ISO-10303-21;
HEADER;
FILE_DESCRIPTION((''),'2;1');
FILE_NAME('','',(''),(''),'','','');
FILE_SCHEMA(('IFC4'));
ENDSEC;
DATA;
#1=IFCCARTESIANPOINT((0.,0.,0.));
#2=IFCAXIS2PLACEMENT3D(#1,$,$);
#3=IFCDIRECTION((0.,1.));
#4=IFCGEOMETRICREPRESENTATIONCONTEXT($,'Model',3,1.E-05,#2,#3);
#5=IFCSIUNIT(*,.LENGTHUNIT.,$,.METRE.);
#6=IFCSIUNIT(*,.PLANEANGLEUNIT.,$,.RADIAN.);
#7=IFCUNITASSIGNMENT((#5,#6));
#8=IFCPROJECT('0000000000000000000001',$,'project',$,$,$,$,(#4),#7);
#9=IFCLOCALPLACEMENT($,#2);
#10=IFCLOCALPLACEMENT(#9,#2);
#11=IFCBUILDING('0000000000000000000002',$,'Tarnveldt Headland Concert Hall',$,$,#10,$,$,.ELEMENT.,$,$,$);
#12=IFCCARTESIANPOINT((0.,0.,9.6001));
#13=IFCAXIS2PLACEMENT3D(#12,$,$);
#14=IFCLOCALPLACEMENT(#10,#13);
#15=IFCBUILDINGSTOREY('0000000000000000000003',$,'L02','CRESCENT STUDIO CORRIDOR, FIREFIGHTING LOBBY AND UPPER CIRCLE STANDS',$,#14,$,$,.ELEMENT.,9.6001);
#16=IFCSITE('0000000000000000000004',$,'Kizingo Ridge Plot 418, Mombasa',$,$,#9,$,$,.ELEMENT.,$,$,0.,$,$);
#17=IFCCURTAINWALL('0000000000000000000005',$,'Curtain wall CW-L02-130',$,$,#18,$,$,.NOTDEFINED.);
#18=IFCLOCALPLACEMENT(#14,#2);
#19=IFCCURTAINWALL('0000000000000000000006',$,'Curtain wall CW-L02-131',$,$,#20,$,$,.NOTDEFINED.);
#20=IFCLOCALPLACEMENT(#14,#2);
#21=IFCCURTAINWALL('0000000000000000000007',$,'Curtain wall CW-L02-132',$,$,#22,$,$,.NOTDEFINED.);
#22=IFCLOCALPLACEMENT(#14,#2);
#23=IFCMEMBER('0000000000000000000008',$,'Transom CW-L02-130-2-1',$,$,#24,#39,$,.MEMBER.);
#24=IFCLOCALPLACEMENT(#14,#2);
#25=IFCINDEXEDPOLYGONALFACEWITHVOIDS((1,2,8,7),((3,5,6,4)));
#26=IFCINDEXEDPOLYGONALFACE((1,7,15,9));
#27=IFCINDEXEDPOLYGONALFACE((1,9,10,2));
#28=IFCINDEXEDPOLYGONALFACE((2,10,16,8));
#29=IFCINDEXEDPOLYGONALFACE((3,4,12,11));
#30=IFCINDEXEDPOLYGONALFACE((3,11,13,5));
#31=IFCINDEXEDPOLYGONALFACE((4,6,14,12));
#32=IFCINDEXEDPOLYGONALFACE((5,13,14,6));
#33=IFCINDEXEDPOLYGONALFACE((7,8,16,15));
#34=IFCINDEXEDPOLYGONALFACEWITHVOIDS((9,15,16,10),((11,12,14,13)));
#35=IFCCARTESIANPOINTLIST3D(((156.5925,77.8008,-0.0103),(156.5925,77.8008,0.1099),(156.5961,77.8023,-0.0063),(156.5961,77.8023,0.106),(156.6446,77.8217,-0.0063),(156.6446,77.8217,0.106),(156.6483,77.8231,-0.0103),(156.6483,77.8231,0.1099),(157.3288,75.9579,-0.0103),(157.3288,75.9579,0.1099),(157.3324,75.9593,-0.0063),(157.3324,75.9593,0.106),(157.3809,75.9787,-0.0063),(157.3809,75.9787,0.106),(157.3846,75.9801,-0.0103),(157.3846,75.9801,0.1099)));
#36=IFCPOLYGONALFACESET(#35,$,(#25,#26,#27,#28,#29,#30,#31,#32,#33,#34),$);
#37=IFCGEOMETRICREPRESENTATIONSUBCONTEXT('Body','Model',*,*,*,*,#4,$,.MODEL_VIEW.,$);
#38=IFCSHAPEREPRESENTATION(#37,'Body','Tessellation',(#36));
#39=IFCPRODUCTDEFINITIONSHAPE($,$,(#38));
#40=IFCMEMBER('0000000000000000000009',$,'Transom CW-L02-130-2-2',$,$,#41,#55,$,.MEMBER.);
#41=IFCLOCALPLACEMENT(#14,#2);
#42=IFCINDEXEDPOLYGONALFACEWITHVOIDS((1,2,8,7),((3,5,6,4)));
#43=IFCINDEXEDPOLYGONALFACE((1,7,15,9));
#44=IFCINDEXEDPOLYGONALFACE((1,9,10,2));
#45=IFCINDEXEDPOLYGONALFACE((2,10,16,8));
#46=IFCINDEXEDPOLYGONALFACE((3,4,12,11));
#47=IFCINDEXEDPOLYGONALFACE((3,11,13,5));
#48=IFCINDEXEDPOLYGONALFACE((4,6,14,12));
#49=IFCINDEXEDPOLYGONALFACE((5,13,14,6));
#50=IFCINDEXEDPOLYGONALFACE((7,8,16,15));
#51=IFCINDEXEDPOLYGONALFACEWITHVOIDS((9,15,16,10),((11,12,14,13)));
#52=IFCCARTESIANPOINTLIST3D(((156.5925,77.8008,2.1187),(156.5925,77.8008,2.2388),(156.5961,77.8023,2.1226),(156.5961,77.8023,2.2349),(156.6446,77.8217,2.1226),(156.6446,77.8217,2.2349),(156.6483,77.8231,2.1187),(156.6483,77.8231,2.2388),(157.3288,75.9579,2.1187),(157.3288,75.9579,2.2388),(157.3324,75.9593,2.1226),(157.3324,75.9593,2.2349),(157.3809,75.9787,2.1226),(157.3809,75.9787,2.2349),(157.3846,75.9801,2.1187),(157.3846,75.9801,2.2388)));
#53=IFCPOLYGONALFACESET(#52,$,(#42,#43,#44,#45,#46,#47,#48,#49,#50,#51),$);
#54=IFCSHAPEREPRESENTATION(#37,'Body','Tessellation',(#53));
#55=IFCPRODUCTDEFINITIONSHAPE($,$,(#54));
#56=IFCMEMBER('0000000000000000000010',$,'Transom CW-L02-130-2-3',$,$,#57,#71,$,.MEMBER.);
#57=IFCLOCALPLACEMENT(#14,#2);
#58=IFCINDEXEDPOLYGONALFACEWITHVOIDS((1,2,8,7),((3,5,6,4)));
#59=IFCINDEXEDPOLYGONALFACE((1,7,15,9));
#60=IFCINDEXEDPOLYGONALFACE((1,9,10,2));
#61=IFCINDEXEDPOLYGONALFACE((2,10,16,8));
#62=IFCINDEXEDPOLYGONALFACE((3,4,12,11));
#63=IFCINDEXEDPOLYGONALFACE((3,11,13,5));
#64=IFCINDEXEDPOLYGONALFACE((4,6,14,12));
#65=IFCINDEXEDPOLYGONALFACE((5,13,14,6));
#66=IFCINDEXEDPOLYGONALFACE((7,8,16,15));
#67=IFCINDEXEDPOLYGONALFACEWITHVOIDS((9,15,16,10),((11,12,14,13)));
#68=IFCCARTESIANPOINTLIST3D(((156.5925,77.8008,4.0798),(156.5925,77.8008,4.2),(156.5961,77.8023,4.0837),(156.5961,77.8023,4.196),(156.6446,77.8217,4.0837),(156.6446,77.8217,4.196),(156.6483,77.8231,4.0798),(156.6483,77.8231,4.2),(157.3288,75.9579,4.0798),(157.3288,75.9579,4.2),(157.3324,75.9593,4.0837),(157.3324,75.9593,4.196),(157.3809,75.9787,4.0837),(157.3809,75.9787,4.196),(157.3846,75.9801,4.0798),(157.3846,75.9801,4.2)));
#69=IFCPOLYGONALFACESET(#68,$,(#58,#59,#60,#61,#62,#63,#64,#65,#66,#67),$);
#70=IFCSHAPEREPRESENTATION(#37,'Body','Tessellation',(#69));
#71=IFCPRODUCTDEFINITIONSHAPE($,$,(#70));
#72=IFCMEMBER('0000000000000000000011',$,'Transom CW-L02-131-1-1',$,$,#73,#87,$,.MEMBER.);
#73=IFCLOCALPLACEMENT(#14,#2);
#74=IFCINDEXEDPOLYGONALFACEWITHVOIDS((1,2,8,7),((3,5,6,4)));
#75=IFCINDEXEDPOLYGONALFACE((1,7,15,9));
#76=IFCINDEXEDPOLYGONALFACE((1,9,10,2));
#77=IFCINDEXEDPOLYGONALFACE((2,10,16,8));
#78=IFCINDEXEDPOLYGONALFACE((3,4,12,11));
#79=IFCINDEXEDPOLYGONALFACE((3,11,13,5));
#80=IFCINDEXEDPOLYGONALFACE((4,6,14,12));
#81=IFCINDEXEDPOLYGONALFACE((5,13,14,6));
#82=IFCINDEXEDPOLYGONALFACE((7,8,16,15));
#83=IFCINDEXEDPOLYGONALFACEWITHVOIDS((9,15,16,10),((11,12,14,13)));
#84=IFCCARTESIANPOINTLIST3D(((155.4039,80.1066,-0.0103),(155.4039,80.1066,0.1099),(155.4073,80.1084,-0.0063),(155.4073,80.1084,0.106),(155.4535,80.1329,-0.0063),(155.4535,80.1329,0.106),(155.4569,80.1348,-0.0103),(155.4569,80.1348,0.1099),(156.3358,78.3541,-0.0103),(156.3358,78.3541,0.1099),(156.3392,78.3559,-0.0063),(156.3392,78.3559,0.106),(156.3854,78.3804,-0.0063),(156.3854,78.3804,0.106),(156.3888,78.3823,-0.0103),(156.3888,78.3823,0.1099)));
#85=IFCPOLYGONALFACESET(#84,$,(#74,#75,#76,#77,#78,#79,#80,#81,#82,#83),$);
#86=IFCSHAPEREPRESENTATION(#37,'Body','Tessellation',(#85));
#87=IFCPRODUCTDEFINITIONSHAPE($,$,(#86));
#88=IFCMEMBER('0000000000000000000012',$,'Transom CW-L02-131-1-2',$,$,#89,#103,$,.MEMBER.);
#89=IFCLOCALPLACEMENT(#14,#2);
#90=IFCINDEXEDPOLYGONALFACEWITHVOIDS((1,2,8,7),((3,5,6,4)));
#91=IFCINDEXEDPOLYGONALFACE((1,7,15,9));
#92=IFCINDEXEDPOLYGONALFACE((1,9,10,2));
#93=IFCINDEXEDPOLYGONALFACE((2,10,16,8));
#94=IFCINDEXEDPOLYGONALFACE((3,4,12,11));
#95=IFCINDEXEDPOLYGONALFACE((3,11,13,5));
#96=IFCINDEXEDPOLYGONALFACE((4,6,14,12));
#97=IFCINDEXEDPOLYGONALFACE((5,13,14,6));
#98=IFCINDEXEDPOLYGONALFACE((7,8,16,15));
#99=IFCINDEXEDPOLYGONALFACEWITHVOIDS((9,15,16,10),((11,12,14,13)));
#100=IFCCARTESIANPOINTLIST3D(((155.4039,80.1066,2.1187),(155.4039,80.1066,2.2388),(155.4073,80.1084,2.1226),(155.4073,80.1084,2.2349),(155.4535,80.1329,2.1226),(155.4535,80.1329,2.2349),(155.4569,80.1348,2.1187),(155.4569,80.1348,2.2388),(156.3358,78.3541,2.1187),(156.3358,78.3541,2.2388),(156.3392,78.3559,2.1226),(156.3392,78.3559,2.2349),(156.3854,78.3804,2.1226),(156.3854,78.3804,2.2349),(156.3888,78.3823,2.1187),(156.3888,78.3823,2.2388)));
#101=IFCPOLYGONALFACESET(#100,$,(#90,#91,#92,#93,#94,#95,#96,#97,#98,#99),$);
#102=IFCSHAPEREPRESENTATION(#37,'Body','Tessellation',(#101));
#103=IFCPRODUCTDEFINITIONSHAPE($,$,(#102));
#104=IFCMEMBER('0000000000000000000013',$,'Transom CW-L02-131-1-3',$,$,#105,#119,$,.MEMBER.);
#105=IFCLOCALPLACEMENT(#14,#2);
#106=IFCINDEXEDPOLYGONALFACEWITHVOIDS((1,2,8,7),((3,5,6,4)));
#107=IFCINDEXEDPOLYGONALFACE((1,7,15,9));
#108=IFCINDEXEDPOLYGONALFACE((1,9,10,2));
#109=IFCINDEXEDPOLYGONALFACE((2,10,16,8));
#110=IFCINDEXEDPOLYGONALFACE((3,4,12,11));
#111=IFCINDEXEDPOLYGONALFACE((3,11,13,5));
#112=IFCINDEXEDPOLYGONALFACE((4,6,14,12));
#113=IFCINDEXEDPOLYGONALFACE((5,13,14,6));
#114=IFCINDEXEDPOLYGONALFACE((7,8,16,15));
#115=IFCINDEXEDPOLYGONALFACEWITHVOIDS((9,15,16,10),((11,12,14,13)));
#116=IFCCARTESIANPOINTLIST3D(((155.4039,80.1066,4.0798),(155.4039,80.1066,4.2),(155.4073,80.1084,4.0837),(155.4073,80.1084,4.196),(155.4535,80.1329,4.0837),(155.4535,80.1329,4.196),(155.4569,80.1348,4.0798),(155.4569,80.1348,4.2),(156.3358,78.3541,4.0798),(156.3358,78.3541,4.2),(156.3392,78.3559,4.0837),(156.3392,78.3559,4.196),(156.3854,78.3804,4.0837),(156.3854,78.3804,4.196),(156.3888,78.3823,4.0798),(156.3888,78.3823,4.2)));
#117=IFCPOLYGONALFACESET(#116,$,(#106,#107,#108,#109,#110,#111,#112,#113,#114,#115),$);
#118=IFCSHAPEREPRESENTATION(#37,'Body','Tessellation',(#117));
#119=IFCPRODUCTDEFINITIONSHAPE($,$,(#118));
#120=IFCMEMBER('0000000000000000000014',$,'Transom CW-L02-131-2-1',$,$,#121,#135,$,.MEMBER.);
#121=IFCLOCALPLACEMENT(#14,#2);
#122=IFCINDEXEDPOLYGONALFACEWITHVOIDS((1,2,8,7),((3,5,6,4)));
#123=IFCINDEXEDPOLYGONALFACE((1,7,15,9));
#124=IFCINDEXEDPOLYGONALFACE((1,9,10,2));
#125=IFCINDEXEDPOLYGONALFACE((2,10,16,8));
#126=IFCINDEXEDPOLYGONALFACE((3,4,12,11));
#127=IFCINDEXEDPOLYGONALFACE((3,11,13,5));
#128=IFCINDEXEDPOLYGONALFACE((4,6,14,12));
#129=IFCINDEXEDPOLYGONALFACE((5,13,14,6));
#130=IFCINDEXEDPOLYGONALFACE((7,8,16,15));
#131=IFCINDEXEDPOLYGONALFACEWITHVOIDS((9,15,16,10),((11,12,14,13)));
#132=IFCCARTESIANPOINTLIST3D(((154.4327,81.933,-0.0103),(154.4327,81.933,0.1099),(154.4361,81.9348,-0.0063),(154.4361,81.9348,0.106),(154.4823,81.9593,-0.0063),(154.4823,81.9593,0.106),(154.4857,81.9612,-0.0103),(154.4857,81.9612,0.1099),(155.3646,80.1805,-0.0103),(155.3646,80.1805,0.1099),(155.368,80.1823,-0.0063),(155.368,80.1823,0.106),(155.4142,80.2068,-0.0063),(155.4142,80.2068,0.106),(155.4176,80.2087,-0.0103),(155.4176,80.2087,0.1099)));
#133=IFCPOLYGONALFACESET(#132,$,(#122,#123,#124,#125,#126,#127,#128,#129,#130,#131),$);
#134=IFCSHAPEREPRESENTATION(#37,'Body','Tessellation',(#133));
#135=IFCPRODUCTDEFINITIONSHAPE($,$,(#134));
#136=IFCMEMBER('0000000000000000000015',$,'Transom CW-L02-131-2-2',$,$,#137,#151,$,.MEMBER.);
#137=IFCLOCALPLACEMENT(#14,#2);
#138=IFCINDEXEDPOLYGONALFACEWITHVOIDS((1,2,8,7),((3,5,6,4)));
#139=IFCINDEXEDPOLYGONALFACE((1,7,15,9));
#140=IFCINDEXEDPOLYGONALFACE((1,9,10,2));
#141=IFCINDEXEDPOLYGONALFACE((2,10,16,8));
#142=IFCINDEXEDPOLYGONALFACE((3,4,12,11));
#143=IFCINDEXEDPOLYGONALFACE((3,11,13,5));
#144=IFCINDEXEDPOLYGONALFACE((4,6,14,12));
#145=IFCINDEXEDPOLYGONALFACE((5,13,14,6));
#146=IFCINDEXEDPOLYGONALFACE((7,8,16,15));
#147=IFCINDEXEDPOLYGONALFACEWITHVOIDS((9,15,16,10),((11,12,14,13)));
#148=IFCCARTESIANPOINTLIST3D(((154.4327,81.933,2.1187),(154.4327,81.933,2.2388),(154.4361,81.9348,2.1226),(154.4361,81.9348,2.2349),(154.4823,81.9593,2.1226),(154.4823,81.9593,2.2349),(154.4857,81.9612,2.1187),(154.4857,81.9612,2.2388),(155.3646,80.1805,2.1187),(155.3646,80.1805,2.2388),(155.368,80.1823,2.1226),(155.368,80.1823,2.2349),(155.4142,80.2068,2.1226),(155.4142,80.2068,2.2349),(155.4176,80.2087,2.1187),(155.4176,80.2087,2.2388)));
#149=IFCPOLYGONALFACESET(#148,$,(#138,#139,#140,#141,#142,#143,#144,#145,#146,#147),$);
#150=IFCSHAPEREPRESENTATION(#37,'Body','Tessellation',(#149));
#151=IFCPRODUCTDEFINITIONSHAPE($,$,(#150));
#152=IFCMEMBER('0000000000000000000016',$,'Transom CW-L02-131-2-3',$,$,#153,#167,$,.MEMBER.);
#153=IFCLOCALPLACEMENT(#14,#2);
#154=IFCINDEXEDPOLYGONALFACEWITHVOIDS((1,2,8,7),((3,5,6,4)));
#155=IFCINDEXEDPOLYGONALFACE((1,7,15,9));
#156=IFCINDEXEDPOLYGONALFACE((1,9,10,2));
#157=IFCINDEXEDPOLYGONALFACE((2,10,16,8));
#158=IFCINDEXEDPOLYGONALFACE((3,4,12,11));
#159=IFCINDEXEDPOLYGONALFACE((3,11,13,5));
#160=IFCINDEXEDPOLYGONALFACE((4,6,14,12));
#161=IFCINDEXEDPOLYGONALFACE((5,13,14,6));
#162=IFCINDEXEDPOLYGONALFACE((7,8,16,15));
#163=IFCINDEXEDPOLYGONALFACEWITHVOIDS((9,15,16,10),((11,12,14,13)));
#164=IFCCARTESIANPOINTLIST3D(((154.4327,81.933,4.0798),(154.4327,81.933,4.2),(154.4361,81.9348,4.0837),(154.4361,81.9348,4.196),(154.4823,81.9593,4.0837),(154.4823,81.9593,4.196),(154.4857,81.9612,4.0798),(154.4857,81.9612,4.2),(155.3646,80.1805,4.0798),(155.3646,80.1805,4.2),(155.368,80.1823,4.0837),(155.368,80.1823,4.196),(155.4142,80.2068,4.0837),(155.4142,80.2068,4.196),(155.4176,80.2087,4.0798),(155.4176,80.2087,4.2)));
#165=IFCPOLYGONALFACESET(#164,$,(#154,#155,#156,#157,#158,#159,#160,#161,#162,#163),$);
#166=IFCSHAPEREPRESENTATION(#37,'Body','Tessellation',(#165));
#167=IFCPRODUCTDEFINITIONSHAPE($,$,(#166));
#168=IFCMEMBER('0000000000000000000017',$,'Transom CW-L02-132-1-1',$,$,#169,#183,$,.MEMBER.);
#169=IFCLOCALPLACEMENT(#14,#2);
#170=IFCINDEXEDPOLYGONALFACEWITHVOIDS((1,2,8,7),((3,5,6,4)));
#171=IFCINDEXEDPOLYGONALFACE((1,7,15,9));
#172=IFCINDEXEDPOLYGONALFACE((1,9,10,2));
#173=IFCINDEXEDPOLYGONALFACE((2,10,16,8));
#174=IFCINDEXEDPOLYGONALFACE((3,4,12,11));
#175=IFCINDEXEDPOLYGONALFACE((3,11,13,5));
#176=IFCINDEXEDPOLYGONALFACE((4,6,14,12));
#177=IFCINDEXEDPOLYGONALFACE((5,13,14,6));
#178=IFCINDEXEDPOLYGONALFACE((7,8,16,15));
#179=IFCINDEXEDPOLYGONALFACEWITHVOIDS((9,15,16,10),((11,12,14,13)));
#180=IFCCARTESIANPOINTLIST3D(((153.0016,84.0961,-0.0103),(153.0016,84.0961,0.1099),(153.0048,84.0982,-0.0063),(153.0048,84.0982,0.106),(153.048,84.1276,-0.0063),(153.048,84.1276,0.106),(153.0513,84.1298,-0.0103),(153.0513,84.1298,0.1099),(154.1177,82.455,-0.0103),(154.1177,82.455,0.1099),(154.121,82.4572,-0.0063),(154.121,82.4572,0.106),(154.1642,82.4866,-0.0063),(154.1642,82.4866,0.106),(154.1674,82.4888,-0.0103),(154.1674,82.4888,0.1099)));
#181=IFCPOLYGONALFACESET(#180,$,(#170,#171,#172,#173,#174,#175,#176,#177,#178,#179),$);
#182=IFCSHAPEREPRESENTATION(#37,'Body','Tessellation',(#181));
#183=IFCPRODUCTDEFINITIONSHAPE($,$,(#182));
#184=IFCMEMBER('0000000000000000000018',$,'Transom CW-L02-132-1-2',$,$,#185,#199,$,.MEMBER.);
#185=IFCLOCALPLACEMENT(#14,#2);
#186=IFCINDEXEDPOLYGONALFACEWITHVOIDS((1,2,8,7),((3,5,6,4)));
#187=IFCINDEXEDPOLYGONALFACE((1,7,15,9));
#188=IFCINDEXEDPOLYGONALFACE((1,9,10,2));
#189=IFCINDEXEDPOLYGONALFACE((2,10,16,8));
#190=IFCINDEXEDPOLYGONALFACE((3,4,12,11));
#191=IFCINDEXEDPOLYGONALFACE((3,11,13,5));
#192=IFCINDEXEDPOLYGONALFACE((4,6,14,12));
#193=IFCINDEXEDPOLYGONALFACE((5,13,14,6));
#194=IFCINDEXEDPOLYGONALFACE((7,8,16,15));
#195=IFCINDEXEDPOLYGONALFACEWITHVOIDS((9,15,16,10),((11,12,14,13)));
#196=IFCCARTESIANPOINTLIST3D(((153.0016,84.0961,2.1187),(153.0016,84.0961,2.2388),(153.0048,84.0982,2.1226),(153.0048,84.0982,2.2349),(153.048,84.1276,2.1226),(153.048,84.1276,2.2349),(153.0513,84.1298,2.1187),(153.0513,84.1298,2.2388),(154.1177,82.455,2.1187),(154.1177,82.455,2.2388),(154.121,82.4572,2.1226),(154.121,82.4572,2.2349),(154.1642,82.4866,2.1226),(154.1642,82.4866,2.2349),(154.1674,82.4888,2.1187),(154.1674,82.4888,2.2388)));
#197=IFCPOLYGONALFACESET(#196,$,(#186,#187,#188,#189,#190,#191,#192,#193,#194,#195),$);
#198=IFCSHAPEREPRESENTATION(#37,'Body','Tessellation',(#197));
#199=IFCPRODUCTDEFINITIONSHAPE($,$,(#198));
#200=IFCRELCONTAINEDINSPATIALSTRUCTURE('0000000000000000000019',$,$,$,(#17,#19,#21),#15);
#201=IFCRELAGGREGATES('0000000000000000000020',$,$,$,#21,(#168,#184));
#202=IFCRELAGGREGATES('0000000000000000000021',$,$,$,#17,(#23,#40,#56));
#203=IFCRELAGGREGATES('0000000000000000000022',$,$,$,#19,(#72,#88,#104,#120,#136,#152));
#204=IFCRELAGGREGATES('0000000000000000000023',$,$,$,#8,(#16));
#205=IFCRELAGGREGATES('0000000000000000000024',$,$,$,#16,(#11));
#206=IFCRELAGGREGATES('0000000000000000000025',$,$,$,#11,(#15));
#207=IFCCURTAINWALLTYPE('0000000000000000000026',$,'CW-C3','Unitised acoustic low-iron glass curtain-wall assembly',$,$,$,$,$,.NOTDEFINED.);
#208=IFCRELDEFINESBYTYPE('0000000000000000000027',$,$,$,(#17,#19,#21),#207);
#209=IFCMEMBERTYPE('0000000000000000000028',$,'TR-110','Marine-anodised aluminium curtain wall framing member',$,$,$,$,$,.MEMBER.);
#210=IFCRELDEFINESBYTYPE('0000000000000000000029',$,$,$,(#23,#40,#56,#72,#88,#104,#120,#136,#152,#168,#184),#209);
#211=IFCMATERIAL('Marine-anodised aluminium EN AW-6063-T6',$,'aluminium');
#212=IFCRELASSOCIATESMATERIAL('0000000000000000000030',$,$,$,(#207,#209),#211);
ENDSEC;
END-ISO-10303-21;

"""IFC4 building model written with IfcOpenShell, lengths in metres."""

from ifc_helpers import new_model, si_unit, direction, frame, origin, origin_2d, place, context, subcontext, project, spatial, hollow_rectangle, extrude, material, material_profile, profile_set, type_object, element, aggregate, save


model = new_model("IFC4")

# Units and contexts
model_context = context("Model", 3, precision=1e-05, world=origin(), true_north=direction((0.0, 1.0)))
body_context = subcontext(model_context, "Body", "Model", "MODEL_VIEW")
ifc_project = project(units=[si_unit("LENGTHUNIT", "METRE"), si_unit("PLANEANGLEUNIT", "RADIAN")], contexts=[model_context])

# Site, building, storey
site_placement = place(None, origin())
site = spatial("IfcSite", under=ifc_project, at=site_placement, Name="Kizingo Ridge Plot 418, Mombasa", CompositionType="ELEMENT", RefElevation=0.0)
building_placement = place(site_placement, origin())
building = spatial("IfcBuilding", under=site, at=building_placement, Name="Tarnveldt Headland Concert Hall", CompositionType="ELEMENT")
storey_placement = place(building_placement, frame((0.0, 0.0, 9.6001)))
storey = spatial("IfcBuildingStorey", under=building, at=storey_placement, Name="L02", Description="CRESCENT STUDIO CORRIDOR, FIREFIGHTING LOBBY AND UPPER CIRCLE STANDS", CompositionType="ELEMENT", Elevation=9.6001)

# Curtain wall
ifc_material_1 = material(Name="Marine-anodised aluminium EN AW-6063-T6", Category="aluminium")
curtain_wall_type = type_object("IfcCurtainWallType", Name="CW-C3", Description="Unitised acoustic low-iron glass curtain-wall assembly", PredefinedType="NOTDEFINED", material=ifc_material_1)
curtain_wall_1_placement = place(storey_placement, origin())
curtain_wall_1 = element("IfcCurtainWall", 1, at=curtain_wall_1_placement, inside=storey, type_object=curtain_wall_type, Name="Curtain wall CW-L02-130", PredefinedType="NOTDEFINED")

# Curtain wall
curtain_wall_2_placement = place(storey_placement, origin())
curtain_wall_2 = element("IfcCurtainWall", 2, at=curtain_wall_2_placement, inside=storey, type_object=curtain_wall_type, Name="Curtain wall CW-L02-131", PredefinedType="NOTDEFINED")

# Curtain wall
curtain_wall_3_placement = place(storey_placement, origin())
curtain_wall_3 = element("IfcCurtainWall", 3, at=curtain_wall_3_placement, inside=storey, type_object=curtain_wall_type, Name="Curtain wall CW-L02-132", PredefinedType="NOTDEFINED")

# Members
ifc_material_profile_1 = material_profile(ifc_material_1, hollow_rectangle(XDim=0.0601, YDim=0.1201, WallThickness=0.0039, at=origin_2d()), Name="ALU TRANSOM 60x120x4", Category="aluminium")
ifc_profile_set_1 = profile_set([ifc_material_profile_1], Name="Marine-anodised aluminium EN AW-6063-T6")
member_type_1 = type_object("IfcMemberType", Name="TR-110", Description="Marine-anodised aluminium curtain wall framing member", PredefinedType="MEMBER", material=ifc_profile_set_1)
member_1_placement = place(storey_placement, frame((157.3567, 75.969, 0.0498), z_axis=(-0.371009, 0.928629, 0.0), x_axis=(-0.928629, -0.371009, 0.0)))
member_1 = element("IfcMember", 4, at=member_1_placement, type_object=member_type_1, Name="Transom CW-L02-130-2-1", PredefinedType="MEMBER", context=body_context, shape_type="SweptSolid", body=[
    extrude(hollow_rectangle(XDim=0.0601, YDim=0.1201, WallThickness=0.0039, at=origin_2d()), origin(), (0.0, 0.0, 1.0), 1.9846),
])
member_2_placement = place(storey_placement, frame((157.3567, 75.969, 2.1787), z_axis=(-0.371009, 0.928629, 0.0), x_axis=(-0.928629, -0.371009, 0.0)))
member_2 = element("IfcMember", 5, at=member_2_placement, type_object=member_type_1, Name="Transom CW-L02-130-2-2", PredefinedType="MEMBER", context=body_context, shape_type="SweptSolid", body=[
    extrude(hollow_rectangle(XDim=0.0601, YDim=0.1201, WallThickness=0.0039, at=origin_2d()), origin(), (0.0, 0.0, 1.0), 1.9846),
])
member_3_placement = place(storey_placement, frame((157.3567, 75.969, 4.1399), z_axis=(-0.371009, 0.928629, 0.0), x_axis=(-0.928629, -0.371009, 0.0)))
member_3 = element("IfcMember", 6, at=member_3_placement, type_object=member_type_1, Name="Transom CW-L02-130-2-3", PredefinedType="MEMBER", context=body_context, shape_type="SweptSolid", body=[
    extrude(hollow_rectangle(XDim=0.0601, YDim=0.1201, WallThickness=0.0039, at=origin_2d()), origin(), (0.0, 0.0, 1.0), 1.9846),
])
member_4_placement = place(storey_placement, frame((156.3623, 78.3682, 0.0498), z_axis=(-0.469509, 0.882928, 0.0), x_axis=(-0.882928, -0.469509, 0.0)))
member_4 = element("IfcMember", 7, at=member_4_placement, type_object=member_type_1, Name="Transom CW-L02-131-1-1", PredefinedType="MEMBER", context=body_context, shape_type="SweptSolid", body=[
    extrude(hollow_rectangle(XDim=0.0601, YDim=0.1201, WallThickness=0.0039, at=origin_2d()), origin(), (0.0, 0.0, 1.0), 1.9849),
])
member_5_placement = place(storey_placement, frame((156.3623, 78.3682, 2.1787), z_axis=(-0.469509, 0.882928, 0.0), x_axis=(-0.882928, -0.469509, 0.0)))
member_5 = element("IfcMember", 8, at=member_5_placement, type_object=member_type_1, Name="Transom CW-L02-131-1-2", PredefinedType="MEMBER", context=body_context, shape_type="SweptSolid", body=[
    extrude(hollow_rectangle(XDim=0.0601, YDim=0.1201, WallThickness=0.0039, at=origin_2d()), origin(), (0.0, 0.0, 1.0), 1.9849),
])
member_6_placement = place(storey_placement, frame((156.3623, 78.3682, 4.1399), z_axis=(-0.469509, 0.882928, 0.0), x_axis=(-0.882928, -0.469509, 0.0)))
member_6 = element("IfcMember", 9, at=member_6_placement, type_object=member_type_1, Name="Transom CW-L02-131-1-3", PredefinedType="MEMBER", context=body_context, shape_type="SweptSolid", body=[
    extrude(hollow_rectangle(XDim=0.0601, YDim=0.1201, WallThickness=0.0039, at=origin_2d()), origin(), (0.0, 0.0, 1.0), 1.9849),
])
member_7_placement = place(storey_placement, frame((155.3911, 80.1946, 0.0498), z_axis=(-0.469509, 0.882928, 0.0), x_axis=(-0.882928, -0.469509, 0.0)))
member_7 = element("IfcMember", 10, at=member_7_placement, type_object=member_type_1, Name="Transom CW-L02-131-2-1", PredefinedType="MEMBER", context=body_context, shape_type="SweptSolid", body=[
    extrude(hollow_rectangle(XDim=0.0601, YDim=0.1201, WallThickness=0.0039, at=origin_2d()), origin(), (0.0, 0.0, 1.0), 1.9849),
])
member_8_placement = place(storey_placement, frame((155.3911, 80.1946, 2.1787), z_axis=(-0.469509, 0.882928, 0.0), x_axis=(-0.882928, -0.469509, 0.0)))
member_8 = element("IfcMember", 11, at=member_8_placement, type_object=member_type_1, Name="Transom CW-L02-131-2-2", PredefinedType="MEMBER", context=body_context, shape_type="SweptSolid", body=[
    extrude(hollow_rectangle(XDim=0.0601, YDim=0.1201, WallThickness=0.0039, at=origin_2d()), origin(), (0.0, 0.0, 1.0), 1.9849),
])
member_9_placement = place(storey_placement, frame((155.3911, 80.1946, 4.1399), z_axis=(-0.469509, 0.882928, 0.0), x_axis=(-0.882928, -0.469509, 0.0)))
member_9 = element("IfcMember", 12, at=member_9_placement, type_object=member_type_1, Name="Transom CW-L02-131-2-3", PredefinedType="MEMBER", context=body_context, shape_type="SweptSolid", body=[
    extrude(hollow_rectangle(XDim=0.0601, YDim=0.1201, WallThickness=0.0039, at=origin_2d()), origin(), (0.0, 0.0, 1.0), 1.9849),
])
member_10_placement = place(storey_placement, frame((154.1426, 82.4719, 0.0498), z_axis=(-0.562397, 0.826867, 0.0), x_axis=(-0.826867, -0.562397, 0.0)))
member_10 = element("IfcMember", 13, at=member_10_placement, type_object=member_type_1, Name="Transom CW-L02-132-1-1", PredefinedType="MEMBER", context=body_context, shape_type="SweptSolid", body=[
    extrude(hollow_rectangle(XDim=0.0601, YDim=0.1201, WallThickness=0.0039, at=origin_2d()), origin(), (0.0, 0.0, 1.0), 1.9846),
])
member_11_placement = place(storey_placement, frame((154.1426, 82.4719, 2.1787), z_axis=(-0.562397, 0.826867, 0.0), x_axis=(-0.826867, -0.562397, 0.0)))
member_11 = element("IfcMember", 14, at=member_11_placement, type_object=member_type_1, Name="Transom CW-L02-132-1-2", PredefinedType="MEMBER", context=body_context, shape_type="SweptSolid", body=[
    extrude(hollow_rectangle(XDim=0.0601, YDim=0.1201, WallThickness=0.0039, at=origin_2d()), origin(), (0.0, 0.0, 1.0), 1.9846),
])
aggregate(curtain_wall_3, [member_10, member_11])

aggregate(curtain_wall_1, [member_1, member_2, member_3])
aggregate(curtain_wall_2, [member_4, member_5, member_6, member_7, member_8, member_9])

save(model, "model.ifc")
